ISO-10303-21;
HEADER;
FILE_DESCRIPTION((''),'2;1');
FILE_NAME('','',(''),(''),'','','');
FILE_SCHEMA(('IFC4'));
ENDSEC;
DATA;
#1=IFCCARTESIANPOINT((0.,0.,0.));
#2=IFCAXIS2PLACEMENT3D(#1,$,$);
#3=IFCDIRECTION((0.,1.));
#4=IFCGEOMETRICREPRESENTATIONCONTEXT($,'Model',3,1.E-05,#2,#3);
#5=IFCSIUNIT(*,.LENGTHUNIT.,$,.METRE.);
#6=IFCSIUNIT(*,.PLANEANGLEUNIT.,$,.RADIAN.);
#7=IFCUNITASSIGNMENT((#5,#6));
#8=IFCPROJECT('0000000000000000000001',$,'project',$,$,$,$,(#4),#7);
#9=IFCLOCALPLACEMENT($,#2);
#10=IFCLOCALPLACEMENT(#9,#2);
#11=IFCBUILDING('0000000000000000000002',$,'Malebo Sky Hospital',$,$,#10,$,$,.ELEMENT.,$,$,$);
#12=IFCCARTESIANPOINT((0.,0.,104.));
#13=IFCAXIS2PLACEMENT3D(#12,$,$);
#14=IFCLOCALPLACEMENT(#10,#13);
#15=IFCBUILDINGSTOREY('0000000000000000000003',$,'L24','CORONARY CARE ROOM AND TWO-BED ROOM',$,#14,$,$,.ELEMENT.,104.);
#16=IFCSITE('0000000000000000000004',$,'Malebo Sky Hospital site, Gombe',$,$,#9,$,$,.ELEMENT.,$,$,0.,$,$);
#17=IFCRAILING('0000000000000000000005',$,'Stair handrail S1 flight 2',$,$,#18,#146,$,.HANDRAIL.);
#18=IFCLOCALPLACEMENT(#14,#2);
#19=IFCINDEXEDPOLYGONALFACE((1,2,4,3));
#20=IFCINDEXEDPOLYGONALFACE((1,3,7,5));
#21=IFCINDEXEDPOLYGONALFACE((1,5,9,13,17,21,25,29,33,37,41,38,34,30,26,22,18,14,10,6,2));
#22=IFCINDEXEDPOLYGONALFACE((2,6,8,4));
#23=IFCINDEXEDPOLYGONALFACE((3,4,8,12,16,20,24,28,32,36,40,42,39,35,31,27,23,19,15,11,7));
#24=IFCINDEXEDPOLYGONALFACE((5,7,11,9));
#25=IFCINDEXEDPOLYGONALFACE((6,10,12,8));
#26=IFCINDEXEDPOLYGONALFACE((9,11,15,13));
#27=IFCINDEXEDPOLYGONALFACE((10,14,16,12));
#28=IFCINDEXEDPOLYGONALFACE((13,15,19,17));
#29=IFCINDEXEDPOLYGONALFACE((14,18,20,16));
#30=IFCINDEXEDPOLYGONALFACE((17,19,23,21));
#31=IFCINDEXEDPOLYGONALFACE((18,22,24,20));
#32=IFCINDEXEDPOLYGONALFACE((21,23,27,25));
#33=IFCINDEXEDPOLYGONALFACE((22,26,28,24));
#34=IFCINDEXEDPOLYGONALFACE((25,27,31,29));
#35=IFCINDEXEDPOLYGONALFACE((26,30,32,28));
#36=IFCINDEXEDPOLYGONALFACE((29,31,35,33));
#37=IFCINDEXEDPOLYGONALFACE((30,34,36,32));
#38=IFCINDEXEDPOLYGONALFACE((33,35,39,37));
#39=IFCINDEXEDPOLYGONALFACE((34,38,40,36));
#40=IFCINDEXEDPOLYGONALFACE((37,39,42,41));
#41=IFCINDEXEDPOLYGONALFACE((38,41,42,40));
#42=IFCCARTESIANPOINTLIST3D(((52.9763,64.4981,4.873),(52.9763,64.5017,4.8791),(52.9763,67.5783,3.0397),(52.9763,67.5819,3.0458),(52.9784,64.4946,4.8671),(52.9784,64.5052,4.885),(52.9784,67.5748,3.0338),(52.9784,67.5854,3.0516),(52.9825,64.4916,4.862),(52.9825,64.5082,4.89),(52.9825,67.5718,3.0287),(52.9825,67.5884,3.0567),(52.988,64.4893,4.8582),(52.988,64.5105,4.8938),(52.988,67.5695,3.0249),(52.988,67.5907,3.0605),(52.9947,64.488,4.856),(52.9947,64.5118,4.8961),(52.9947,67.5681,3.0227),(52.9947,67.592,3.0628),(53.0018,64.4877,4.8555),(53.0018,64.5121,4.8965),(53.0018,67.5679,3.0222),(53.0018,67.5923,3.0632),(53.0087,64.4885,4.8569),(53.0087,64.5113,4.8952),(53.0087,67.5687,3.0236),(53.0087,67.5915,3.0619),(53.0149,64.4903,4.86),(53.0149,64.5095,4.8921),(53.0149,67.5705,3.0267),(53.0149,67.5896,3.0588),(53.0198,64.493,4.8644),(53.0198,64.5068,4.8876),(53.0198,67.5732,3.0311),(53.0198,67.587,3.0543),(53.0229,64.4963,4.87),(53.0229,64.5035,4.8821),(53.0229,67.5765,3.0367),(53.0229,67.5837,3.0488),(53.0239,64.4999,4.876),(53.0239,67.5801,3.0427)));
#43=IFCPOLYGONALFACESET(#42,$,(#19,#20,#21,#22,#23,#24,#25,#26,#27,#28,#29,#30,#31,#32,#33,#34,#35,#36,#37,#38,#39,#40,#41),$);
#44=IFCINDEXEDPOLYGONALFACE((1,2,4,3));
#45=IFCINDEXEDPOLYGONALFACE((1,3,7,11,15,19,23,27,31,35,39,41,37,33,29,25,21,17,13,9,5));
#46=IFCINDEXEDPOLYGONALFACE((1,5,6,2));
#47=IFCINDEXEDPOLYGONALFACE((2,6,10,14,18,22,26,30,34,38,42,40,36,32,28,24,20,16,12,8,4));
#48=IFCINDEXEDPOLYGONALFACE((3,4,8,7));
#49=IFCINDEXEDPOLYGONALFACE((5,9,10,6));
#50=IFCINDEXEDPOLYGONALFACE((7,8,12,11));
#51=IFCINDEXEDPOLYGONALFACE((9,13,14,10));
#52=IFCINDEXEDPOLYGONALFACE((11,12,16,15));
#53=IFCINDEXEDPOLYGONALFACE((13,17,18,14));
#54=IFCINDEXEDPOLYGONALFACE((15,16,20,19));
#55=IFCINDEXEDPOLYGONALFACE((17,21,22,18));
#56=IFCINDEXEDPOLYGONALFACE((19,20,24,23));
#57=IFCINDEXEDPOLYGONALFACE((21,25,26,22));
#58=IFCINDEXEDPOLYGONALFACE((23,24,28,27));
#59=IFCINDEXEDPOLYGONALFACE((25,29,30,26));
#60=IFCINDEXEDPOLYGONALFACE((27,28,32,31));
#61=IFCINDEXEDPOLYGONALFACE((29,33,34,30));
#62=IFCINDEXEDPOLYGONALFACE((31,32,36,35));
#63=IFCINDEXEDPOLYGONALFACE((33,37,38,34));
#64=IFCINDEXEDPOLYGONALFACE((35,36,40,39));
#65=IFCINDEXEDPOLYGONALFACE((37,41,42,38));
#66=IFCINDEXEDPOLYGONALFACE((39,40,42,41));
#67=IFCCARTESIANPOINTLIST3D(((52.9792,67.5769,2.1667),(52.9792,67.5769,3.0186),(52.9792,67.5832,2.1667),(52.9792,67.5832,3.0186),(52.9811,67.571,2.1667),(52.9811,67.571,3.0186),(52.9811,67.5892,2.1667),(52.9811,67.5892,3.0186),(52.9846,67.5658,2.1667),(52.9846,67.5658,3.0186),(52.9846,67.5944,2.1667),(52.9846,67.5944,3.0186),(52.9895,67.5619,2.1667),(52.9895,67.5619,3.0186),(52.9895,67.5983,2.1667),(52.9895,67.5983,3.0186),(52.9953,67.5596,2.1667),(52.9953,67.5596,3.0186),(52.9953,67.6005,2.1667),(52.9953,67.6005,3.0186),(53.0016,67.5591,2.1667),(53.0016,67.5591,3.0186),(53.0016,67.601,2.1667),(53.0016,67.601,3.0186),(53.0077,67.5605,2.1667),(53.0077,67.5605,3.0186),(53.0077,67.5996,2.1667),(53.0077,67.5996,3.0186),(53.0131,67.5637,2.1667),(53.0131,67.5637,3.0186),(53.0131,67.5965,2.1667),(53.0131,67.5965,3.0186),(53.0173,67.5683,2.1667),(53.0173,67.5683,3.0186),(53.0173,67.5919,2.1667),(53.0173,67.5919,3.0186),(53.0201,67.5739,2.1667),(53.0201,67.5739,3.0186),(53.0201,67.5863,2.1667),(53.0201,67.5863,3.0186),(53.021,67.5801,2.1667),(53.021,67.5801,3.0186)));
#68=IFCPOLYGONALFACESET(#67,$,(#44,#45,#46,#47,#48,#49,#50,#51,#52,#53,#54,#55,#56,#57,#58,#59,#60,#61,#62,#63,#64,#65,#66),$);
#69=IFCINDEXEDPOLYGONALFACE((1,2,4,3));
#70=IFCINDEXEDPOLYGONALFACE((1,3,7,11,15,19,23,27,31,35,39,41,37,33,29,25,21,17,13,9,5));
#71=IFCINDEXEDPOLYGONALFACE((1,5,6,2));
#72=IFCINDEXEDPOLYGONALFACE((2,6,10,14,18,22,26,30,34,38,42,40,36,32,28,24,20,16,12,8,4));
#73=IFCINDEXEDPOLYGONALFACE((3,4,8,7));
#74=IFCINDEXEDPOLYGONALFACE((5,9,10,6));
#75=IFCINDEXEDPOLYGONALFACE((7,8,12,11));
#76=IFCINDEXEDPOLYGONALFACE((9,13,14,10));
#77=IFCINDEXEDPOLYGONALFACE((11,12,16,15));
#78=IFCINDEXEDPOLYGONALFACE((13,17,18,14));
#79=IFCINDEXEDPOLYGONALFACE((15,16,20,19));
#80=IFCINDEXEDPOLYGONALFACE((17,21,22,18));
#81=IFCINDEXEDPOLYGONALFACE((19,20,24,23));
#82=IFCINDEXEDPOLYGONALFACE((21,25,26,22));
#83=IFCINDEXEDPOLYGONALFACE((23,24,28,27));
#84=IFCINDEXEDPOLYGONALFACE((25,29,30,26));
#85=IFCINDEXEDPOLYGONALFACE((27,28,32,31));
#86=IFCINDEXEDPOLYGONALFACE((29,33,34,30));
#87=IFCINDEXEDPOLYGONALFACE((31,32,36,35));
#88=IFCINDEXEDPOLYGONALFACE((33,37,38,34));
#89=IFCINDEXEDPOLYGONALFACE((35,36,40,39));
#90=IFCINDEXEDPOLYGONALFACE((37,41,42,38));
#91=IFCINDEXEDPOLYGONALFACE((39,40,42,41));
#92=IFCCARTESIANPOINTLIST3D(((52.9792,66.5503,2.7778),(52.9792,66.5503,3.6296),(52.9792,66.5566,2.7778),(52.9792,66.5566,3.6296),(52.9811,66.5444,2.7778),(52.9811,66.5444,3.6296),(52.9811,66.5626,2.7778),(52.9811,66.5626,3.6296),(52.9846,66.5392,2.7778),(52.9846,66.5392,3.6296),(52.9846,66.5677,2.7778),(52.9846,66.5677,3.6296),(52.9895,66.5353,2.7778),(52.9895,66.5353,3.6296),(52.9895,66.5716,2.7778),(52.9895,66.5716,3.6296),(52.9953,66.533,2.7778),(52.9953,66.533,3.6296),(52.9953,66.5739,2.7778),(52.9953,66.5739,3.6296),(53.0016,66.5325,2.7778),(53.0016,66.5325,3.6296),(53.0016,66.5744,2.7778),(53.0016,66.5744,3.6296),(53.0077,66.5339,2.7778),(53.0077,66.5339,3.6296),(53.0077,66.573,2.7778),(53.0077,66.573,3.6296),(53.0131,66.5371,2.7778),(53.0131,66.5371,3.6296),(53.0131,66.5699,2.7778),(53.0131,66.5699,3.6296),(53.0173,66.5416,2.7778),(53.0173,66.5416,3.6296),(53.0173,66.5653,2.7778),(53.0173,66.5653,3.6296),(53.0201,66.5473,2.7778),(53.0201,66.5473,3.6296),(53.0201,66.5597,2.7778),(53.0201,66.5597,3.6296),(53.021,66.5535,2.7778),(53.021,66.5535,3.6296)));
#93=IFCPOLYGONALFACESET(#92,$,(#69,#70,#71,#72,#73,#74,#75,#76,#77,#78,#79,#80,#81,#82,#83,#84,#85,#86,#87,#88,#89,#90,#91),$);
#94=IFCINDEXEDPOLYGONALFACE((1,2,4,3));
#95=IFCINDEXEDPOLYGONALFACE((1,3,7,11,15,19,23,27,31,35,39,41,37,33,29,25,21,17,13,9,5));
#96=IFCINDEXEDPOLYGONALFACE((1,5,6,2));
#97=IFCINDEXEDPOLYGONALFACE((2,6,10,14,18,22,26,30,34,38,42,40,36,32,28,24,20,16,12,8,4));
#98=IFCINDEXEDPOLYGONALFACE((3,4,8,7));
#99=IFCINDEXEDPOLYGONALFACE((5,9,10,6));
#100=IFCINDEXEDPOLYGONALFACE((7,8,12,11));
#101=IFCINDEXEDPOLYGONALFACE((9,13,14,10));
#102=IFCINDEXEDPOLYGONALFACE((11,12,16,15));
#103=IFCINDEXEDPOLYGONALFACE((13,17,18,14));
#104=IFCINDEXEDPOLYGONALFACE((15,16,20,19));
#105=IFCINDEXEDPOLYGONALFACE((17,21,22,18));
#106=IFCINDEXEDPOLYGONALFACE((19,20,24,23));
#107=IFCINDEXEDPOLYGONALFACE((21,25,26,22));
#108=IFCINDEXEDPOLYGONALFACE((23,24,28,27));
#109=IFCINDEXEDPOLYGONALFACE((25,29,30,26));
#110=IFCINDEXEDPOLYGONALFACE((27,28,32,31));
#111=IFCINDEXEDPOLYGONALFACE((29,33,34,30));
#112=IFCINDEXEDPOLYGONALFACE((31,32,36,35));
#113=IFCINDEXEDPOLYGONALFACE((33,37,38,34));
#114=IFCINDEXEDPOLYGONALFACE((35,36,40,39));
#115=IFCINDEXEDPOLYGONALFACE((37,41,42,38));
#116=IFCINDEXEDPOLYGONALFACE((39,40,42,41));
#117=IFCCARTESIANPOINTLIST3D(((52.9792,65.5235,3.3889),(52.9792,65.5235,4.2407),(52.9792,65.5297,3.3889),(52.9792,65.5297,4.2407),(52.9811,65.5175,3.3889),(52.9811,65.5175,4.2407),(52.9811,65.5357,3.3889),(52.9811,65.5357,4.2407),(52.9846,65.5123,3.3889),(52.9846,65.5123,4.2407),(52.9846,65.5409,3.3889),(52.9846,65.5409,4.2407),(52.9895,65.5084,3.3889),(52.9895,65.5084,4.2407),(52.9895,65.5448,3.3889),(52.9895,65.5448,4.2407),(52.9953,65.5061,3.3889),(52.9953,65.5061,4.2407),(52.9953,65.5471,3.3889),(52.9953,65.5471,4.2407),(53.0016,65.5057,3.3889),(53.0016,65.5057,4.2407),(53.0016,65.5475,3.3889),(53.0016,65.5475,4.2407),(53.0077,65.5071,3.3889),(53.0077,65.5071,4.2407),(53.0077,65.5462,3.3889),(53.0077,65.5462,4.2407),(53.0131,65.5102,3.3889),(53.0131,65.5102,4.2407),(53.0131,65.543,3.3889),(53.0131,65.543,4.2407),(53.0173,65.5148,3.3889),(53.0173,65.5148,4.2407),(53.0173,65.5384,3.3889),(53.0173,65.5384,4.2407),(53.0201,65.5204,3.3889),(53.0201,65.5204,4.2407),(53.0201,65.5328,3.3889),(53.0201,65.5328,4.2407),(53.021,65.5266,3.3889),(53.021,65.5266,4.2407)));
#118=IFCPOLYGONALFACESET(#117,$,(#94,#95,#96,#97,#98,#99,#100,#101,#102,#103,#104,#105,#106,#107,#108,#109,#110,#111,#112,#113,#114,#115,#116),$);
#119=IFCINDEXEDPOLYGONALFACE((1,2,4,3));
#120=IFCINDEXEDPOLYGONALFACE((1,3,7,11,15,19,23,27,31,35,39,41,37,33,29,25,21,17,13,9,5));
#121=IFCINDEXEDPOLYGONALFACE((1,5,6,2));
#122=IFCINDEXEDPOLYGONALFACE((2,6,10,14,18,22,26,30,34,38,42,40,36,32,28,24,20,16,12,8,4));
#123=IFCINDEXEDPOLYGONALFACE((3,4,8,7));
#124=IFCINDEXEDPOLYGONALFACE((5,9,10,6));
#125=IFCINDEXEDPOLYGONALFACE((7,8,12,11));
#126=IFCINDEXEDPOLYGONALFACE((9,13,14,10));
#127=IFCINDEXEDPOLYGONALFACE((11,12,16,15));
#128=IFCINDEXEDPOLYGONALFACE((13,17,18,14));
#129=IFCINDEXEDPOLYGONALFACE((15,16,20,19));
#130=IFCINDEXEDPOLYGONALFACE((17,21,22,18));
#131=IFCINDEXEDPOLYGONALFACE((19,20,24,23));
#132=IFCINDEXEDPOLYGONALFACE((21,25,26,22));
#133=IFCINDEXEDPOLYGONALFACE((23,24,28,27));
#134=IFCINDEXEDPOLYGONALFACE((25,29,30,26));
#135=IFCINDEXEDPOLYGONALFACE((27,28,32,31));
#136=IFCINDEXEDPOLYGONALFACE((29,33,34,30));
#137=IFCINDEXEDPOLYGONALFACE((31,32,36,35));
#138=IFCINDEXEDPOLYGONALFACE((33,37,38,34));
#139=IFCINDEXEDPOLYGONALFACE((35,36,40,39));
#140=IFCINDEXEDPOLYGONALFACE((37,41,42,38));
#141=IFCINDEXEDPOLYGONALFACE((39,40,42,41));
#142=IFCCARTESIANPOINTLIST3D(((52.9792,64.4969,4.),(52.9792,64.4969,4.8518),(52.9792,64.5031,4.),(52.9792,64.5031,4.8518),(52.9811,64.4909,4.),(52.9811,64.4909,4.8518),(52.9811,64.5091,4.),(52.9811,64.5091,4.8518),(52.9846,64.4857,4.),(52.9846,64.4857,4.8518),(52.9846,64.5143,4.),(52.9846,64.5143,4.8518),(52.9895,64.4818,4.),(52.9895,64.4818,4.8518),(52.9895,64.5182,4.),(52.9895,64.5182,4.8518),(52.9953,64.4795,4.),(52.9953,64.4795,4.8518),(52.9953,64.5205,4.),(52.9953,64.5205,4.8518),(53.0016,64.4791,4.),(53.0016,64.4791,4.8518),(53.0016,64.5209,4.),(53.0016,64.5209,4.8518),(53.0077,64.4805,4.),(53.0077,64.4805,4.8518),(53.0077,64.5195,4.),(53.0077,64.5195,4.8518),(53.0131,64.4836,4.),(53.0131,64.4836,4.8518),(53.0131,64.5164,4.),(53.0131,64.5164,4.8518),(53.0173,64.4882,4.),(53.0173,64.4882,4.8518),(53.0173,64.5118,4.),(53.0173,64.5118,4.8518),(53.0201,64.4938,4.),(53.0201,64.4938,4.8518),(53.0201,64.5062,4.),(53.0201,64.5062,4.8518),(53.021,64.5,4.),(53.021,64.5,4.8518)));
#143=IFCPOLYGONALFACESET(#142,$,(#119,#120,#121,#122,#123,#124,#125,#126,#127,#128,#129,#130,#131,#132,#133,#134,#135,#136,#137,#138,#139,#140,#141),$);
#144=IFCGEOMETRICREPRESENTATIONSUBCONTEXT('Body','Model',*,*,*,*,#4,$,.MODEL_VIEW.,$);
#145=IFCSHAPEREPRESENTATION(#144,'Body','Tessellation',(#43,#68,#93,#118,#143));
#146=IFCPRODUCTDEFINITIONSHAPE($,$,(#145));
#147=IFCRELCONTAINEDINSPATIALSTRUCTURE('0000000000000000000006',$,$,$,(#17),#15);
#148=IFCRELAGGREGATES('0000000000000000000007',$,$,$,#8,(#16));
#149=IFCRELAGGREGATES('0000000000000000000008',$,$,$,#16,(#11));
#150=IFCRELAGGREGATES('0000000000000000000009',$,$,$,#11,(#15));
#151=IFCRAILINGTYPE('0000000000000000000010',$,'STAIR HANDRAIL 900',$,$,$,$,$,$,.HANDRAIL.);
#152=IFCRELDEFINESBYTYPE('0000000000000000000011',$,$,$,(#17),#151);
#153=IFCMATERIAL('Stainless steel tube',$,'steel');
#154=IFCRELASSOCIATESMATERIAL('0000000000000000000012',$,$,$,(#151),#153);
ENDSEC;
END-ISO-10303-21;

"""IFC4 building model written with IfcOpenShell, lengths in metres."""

from ifc_helpers import new_model, si_unit, direction, frame, origin, origin_2d, place, context, subcontext, project, spatial, circle, extrude, material, type_object, element, save


model = new_model("IFC4")

# Units and contexts
model_context = context("Model", 3, precision=1e-05, world=origin(), true_north=direction((0.0, 1.0)))
body_context = subcontext(model_context, "Body", "Model", "MODEL_VIEW")
ifc_project = project(units=[si_unit("LENGTHUNIT", "METRE"), si_unit("PLANEANGLEUNIT", "RADIAN")], contexts=[model_context])

# Site, building, storey
site_placement = place(None, origin())
site = spatial("IfcSite", under=ifc_project, at=site_placement, Name="Malebo Sky Hospital site, Gombe", CompositionType="ELEMENT", RefElevation=0.0)
building_placement = place(site_placement, origin())
building = spatial("IfcBuilding", under=site, at=building_placement, Name="Malebo Sky Hospital", CompositionType="ELEMENT")
storey_placement = place(building_placement, frame((0.0, 0.0, 104.0)))
storey = spatial("IfcBuildingStorey", under=building, at=storey_placement, Name="L24", Description="CORONARY CARE ROOM AND TWO-BED ROOM", CompositionType="ELEMENT", Elevation=104.0)

# Railing
ifc_material_1 = material(Name="Stainless steel tube", Category="steel")
railing_type = type_object("IfcRailingType", Name="STAIR HANDRAIL 900", PredefinedType="HANDRAIL", material=ifc_material_1)
railing_1_placement = place(storey_placement, frame((53.0, 67.5801, 2.1667)))
element("IfcRailing", 1, at=railing_1_placement, inside=storey, type_object=railing_type, Name="Stair handrail S1 flight 2", PredefinedType="HANDRAIL", context=body_context, shape_type="SweptSolid", body=[
    extrude(circle(Radius=0.0239, at=origin_2d()), frame((0.0, 0.0, 0.876), z_axis=(0.0, -0.859309, 0.511458), x_axis=(1.0, 0.0, 0.0)), (0.0, 0.0, 1.0), 3.5845),
    extrude(circle(Radius=0.021, at=origin_2d()), origin(), (0.0, 0.0, 1.0), 0.8518),
    extrude(circle(Radius=0.021, at=origin_2d()), frame((0.0, -1.0266, 0.6111)), (0.0, 0.0, 1.0), 0.8518),
    extrude(circle(Radius=0.021, at=origin_2d()), frame((0.0, -2.0535, 1.2222)), (0.0, 0.0, 1.0), 0.8518),
    extrude(circle(Radius=0.021, at=origin_2d()), frame((0.0, -3.0801, 1.8333)), (0.0, 0.0, 1.0), 0.8518),
])

save(model, "model.ifc")
